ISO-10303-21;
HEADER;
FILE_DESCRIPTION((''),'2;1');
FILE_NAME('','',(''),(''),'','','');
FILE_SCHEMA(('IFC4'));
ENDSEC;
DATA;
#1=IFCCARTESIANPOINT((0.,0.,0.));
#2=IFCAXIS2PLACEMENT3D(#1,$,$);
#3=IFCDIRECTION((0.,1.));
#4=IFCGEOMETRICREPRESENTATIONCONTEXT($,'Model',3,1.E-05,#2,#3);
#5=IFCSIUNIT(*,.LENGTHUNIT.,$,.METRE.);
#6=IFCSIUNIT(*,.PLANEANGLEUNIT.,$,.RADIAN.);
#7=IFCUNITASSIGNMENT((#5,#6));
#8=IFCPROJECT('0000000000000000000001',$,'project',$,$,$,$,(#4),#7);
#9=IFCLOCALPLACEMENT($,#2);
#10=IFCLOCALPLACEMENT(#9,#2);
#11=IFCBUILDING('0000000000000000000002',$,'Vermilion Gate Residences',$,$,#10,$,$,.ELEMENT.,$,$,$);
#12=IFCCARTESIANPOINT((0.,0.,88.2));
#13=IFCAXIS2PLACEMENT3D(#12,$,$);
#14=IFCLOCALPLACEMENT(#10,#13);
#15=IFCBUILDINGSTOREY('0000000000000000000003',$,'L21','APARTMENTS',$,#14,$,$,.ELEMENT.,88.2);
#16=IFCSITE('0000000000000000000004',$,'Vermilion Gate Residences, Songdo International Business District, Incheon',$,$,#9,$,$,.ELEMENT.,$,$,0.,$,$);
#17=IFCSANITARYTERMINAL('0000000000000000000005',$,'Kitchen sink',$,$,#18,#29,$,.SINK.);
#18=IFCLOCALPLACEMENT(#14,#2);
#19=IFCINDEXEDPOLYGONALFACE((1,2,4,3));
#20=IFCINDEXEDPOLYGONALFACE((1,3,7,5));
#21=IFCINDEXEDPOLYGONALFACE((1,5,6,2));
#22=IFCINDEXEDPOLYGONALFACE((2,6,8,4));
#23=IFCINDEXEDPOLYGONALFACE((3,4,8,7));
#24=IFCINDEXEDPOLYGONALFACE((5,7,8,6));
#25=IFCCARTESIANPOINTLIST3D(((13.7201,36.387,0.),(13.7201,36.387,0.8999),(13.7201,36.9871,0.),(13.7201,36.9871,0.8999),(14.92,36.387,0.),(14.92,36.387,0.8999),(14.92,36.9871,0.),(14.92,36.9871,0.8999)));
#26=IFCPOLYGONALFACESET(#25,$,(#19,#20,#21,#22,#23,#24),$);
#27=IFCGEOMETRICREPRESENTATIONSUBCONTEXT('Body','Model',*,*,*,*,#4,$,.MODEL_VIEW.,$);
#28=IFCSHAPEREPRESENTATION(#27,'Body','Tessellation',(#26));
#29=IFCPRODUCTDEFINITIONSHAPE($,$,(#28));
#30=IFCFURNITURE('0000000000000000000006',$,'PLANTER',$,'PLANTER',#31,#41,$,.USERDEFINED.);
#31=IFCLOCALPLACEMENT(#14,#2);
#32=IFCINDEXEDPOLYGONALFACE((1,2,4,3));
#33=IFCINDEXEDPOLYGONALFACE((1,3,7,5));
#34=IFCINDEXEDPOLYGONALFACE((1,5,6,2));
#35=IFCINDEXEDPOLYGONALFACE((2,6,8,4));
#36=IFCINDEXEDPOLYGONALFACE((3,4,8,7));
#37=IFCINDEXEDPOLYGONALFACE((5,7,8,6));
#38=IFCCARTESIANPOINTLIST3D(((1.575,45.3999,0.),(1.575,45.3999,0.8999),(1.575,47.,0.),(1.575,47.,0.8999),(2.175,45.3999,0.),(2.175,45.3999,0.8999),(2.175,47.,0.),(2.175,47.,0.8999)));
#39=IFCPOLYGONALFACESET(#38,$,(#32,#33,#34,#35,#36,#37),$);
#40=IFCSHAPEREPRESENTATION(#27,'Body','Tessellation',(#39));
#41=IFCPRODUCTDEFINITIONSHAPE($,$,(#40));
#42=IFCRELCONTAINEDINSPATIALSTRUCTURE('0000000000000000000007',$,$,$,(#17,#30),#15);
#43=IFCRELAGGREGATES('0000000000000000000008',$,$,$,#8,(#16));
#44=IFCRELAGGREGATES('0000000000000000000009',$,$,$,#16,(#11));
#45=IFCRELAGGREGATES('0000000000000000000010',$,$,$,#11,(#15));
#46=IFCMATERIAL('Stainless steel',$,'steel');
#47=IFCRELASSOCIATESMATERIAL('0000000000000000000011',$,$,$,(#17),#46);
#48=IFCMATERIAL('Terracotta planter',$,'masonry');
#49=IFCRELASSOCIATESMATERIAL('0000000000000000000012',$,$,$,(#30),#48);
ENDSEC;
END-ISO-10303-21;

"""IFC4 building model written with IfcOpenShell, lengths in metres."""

from ifc_helpers import new_model, si_unit, direction, frame, origin, origin_2d, place, context, subcontext, project, spatial, rectangle, extrude, material, element, save


model = new_model("IFC4")

# Units and contexts
model_context = context("Model", 3, precision=1e-05, world=origin(), true_north=direction((0.0, 1.0)))
body_context = subcontext(model_context, "Body", "Model", "MODEL_VIEW")
ifc_project = project(units=[si_unit("LENGTHUNIT", "METRE"), si_unit("PLANEANGLEUNIT", "RADIAN")], contexts=[model_context])

# Site, building, storey
site_placement = place(None, origin())
site = spatial("IfcSite", under=ifc_project, at=site_placement, Name="Vermilion Gate Residences, Songdo International Business District, Incheon", CompositionType="ELEMENT", RefElevation=0.0)
building_placement = place(site_placement, origin())
building = spatial("IfcBuilding", under=site, at=building_placement, Name="Vermilion Gate Residences", CompositionType="ELEMENT")
storey_placement = place(building_placement, frame((0.0, 0.0, 88.2)))
storey = spatial("IfcBuildingStorey", under=building, at=storey_placement, Name="L21", Description="APARTMENTS", CompositionType="ELEMENT", Elevation=88.2)

# Sanitary terminal
ifc_material_1 = material(Name="Stainless steel", Category="steel")
sanitary_terminal_1_placement = place(storey_placement, frame((14.3201, 36.687, 0.0), z_axis=(0.0, 0.0, 1.0), x_axis=(1.0, 0.0, 0.0)))
element("IfcSanitaryTerminal", 1, at=sanitary_terminal_1_placement, inside=storey, material=ifc_material_1, Name="Kitchen sink", PredefinedType="SINK", context=body_context, shape_type="SweptSolid", body=[
    extrude(rectangle(XDim=1.2, YDim=0.6001, at=origin_2d()), origin(), (0.0, 0.0, 1.0), 0.8999),
])

# Furniture
ifc_material_2 = material(Name="Terracotta planter", Category="masonry")
furniture_placement = place(storey_placement, frame((1.875, 46.2, 0.0), z_axis=(0.0, 0.0, 1.0), x_axis=(0.0, -1.0, 0.0)))
element("IfcFurniture", 2, at=furniture_placement, inside=storey, material=ifc_material_2, Name="PLANTER", ObjectType="PLANTER", PredefinedType="USERDEFINED", context=body_context, shape_type="SweptSolid", body=[
    extrude(rectangle(XDim=1.6001, YDim=0.6001, at=origin_2d()), origin(), (0.0, 0.0, 1.0), 0.8999),
])

save(model, "model.ifc")
